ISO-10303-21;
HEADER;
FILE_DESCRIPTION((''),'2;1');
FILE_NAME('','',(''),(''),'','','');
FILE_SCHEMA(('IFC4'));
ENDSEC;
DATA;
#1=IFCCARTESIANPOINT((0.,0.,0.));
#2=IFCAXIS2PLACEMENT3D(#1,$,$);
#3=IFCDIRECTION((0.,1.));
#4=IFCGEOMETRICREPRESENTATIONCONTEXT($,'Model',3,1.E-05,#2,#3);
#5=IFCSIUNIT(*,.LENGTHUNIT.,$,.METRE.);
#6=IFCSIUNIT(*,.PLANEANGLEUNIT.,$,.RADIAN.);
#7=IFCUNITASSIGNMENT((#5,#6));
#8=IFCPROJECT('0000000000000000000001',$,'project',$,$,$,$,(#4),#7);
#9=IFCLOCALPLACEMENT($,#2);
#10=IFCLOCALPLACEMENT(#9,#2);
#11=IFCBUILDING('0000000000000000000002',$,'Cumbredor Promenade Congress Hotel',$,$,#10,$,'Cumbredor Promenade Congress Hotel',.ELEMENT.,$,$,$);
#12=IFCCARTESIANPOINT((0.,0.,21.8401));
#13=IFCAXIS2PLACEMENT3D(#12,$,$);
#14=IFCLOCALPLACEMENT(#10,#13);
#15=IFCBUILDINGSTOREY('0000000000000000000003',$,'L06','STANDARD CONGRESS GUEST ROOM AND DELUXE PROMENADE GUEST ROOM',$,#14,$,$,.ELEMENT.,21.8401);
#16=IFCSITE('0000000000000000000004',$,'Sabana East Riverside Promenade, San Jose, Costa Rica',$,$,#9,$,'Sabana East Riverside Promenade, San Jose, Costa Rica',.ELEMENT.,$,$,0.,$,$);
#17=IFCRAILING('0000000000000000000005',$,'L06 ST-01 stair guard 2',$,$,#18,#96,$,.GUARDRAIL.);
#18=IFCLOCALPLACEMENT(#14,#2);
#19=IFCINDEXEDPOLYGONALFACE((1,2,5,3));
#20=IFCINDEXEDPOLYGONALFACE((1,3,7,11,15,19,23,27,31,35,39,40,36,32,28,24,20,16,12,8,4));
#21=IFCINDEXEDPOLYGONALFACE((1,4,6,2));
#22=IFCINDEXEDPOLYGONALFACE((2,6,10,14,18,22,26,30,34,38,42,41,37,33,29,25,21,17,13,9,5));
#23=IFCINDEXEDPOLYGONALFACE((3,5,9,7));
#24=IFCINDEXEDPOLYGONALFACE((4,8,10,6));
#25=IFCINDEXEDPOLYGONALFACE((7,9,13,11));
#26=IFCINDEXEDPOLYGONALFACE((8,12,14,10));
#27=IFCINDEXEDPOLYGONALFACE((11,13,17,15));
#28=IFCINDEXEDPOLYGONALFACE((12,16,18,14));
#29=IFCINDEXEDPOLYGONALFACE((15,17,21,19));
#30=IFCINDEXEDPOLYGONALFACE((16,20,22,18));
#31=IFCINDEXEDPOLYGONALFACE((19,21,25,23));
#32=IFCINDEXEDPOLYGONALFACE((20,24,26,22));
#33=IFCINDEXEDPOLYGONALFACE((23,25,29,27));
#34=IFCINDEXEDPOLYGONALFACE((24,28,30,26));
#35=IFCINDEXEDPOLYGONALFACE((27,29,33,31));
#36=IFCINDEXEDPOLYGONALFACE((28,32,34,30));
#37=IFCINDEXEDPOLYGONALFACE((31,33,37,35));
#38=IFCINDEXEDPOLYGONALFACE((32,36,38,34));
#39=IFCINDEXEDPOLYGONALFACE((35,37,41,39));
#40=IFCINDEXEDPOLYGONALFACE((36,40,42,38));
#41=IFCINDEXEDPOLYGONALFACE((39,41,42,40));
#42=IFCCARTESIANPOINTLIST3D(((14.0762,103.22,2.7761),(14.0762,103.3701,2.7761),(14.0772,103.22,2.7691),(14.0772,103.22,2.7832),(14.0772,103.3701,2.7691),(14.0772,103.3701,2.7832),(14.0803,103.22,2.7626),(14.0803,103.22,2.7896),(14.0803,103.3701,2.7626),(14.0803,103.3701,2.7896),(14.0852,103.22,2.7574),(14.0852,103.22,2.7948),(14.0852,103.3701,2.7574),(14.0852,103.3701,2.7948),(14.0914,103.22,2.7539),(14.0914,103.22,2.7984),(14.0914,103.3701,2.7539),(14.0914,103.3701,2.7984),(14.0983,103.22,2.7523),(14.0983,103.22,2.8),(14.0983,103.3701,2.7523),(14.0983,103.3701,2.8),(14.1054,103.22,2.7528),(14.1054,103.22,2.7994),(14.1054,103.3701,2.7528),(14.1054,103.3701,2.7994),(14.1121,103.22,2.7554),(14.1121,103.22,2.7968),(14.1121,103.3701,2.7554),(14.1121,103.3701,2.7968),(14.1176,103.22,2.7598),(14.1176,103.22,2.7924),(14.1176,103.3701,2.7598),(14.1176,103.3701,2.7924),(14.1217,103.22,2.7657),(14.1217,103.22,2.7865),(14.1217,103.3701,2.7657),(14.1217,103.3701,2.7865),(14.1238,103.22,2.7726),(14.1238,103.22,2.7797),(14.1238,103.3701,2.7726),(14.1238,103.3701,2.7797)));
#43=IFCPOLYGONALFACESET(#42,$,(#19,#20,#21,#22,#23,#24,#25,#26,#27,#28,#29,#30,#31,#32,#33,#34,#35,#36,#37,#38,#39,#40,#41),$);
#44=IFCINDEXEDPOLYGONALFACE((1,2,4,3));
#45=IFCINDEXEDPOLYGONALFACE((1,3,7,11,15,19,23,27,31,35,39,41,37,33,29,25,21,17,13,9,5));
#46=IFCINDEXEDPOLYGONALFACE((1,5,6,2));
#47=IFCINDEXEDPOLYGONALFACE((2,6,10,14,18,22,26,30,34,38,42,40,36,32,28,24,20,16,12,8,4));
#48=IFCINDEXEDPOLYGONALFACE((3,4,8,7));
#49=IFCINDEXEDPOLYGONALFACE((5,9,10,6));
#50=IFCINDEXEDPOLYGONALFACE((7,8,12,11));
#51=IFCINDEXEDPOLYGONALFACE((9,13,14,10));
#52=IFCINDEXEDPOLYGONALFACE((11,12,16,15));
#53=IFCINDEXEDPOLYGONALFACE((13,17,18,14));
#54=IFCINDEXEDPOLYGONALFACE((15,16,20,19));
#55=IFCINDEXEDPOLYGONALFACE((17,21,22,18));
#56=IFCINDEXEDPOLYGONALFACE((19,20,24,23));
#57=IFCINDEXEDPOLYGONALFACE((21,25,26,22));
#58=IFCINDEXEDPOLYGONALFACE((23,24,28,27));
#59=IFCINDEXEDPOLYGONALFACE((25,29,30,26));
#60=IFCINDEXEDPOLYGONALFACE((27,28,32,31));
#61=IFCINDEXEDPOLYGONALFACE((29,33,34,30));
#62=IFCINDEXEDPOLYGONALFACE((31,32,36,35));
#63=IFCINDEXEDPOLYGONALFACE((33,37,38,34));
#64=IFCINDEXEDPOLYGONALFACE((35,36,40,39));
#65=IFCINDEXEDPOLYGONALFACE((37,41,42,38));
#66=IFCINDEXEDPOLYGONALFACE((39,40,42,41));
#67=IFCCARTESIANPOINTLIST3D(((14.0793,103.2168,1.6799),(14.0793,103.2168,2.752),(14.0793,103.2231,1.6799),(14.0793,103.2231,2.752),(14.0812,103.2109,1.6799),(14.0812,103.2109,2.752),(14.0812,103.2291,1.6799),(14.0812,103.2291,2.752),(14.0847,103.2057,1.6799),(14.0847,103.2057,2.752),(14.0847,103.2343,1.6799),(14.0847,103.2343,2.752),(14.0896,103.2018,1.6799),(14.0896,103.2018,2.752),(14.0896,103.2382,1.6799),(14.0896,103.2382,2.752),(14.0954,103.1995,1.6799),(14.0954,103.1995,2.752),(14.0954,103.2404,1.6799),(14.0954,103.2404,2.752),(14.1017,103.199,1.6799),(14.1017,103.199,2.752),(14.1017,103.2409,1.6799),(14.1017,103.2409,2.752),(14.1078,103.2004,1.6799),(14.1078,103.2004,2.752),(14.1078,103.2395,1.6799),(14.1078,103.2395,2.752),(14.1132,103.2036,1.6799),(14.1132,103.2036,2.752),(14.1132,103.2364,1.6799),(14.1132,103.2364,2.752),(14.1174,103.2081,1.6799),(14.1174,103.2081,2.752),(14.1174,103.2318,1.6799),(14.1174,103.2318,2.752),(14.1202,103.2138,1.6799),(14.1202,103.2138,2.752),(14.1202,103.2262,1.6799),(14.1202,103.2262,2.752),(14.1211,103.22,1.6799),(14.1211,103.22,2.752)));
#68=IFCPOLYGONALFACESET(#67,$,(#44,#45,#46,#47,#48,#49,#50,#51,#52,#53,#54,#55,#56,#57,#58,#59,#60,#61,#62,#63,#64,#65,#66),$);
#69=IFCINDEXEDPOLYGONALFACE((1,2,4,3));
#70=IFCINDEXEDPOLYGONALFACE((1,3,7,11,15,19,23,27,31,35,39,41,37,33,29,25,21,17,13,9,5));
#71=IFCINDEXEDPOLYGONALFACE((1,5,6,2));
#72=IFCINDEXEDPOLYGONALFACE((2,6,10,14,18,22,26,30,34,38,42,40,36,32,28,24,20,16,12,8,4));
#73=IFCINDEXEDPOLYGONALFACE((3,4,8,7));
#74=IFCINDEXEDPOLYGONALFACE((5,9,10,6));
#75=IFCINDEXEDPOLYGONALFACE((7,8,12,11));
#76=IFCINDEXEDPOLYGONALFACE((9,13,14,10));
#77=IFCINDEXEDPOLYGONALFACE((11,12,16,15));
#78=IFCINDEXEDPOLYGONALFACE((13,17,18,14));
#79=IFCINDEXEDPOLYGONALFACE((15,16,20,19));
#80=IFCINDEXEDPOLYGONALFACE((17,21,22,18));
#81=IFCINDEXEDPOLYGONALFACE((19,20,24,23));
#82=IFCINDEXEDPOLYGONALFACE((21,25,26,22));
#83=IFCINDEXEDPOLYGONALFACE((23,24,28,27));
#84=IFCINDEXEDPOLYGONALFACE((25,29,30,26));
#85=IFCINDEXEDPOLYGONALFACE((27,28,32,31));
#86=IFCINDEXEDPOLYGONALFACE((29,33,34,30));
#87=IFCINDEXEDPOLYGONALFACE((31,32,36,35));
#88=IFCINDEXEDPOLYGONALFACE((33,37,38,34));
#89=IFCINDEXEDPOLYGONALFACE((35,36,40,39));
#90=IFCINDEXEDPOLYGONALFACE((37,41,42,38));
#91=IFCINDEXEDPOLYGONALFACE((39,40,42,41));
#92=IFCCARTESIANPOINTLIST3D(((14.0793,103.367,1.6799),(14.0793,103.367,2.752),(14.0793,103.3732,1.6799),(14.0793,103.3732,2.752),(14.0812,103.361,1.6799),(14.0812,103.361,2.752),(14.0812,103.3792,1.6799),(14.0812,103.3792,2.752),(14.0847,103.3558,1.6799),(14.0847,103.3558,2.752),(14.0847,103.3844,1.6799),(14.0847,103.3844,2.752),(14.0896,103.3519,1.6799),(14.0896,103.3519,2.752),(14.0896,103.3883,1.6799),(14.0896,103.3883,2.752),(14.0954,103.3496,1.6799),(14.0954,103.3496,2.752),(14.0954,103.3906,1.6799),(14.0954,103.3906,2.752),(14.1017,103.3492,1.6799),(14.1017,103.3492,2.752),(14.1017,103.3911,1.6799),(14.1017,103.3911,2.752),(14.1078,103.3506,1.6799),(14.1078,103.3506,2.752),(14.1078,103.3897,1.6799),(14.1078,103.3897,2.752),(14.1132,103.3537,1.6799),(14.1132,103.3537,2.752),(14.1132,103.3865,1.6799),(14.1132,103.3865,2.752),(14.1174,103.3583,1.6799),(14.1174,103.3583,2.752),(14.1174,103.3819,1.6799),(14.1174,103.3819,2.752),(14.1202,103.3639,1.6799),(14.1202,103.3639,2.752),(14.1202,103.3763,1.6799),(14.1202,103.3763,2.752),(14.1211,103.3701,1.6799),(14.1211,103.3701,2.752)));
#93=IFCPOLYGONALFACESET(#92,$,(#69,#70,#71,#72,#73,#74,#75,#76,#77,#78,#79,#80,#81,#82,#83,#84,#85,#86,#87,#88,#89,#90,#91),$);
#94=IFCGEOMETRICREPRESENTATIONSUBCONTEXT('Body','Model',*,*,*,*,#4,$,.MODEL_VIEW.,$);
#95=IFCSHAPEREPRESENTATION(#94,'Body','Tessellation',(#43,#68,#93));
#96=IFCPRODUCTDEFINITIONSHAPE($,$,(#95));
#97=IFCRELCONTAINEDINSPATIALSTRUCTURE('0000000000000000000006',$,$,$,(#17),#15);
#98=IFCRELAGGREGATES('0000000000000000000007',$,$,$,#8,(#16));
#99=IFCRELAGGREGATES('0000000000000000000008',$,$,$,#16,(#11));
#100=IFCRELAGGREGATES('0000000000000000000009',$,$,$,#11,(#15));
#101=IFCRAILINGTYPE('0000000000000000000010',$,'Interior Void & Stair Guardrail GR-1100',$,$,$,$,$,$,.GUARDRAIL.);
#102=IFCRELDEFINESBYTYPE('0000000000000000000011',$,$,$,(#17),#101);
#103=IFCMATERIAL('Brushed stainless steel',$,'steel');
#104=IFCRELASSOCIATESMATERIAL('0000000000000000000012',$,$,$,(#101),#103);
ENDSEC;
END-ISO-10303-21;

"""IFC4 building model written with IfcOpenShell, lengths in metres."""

from ifc_helpers import new_model, si_unit, direction, frame, origin, origin_2d, place, context, subcontext, project, spatial, circle, extrude, material, type_object, element, save


model = new_model("IFC4")

# Units and contexts
model_context = context("Model", 3, precision=1e-05, world=origin(), true_north=direction((0.0, 1.0)))
body_context = subcontext(model_context, "Body", "Model", "MODEL_VIEW")
ifc_project = project(units=[si_unit("LENGTHUNIT", "METRE"), si_unit("PLANEANGLEUNIT", "RADIAN")], contexts=[model_context])

# Site, building, storey
site_placement = place(None, origin())
site = spatial("IfcSite", under=ifc_project, at=site_placement, Name="Sabana East Riverside Promenade, San Jose, Costa Rica", LongName="Sabana East Riverside Promenade, San Jose, Costa Rica", CompositionType="ELEMENT", RefElevation=0.0)
building_placement = place(site_placement, origin())
building = spatial("IfcBuilding", under=site, at=building_placement, Name="Cumbredor Promenade Congress Hotel", LongName="Cumbredor Promenade Congress Hotel", CompositionType="ELEMENT")
storey_placement = place(building_placement, frame((0.0, 0.0, 21.8401)))
storey = spatial("IfcBuildingStorey", under=building, at=storey_placement, Name="L06", Description="STANDARD CONGRESS GUEST ROOM AND DELUXE PROMENADE GUEST ROOM", CompositionType="ELEMENT", Elevation=21.8401)

# Railing
ifc_material_1 = material(Name="Brushed stainless steel", Category="steel")
railing_type_1 = type_object("IfcRailingType", Name="Interior Void & Stair Guardrail GR-1100", PredefinedType="GUARDRAIL", material=ifc_material_1)
railing_1_placement = place(storey_placement, frame((14.1001, 103.22, 1.6799)))
element("IfcRailing", 1, at=railing_1_placement, inside=storey, type_object=railing_type_1, Name="L06 ST-01 stair guard 2", PredefinedType="GUARDRAIL", context=body_context, shape_type="SweptSolid", body=[
    extrude(circle(Radius=0.0239, at=origin_2d()), frame((0.0, 0.0, 1.0962), z_axis=(0.0, 1.0, 0.0), x_axis=(-1.0, 0.0, 0.0)), (0.0, 0.0, 1.0), 0.1501),
    extrude(circle(Radius=0.021, at=origin_2d()), origin(), (0.0, 0.0, 1.0), 1.072),
    extrude(circle(Radius=0.021, at=origin_2d()), frame((0.0, 0.1501, 0.0)), (0.0, 0.0, 1.0), 1.072),
])

save(model, "model.ifc")
